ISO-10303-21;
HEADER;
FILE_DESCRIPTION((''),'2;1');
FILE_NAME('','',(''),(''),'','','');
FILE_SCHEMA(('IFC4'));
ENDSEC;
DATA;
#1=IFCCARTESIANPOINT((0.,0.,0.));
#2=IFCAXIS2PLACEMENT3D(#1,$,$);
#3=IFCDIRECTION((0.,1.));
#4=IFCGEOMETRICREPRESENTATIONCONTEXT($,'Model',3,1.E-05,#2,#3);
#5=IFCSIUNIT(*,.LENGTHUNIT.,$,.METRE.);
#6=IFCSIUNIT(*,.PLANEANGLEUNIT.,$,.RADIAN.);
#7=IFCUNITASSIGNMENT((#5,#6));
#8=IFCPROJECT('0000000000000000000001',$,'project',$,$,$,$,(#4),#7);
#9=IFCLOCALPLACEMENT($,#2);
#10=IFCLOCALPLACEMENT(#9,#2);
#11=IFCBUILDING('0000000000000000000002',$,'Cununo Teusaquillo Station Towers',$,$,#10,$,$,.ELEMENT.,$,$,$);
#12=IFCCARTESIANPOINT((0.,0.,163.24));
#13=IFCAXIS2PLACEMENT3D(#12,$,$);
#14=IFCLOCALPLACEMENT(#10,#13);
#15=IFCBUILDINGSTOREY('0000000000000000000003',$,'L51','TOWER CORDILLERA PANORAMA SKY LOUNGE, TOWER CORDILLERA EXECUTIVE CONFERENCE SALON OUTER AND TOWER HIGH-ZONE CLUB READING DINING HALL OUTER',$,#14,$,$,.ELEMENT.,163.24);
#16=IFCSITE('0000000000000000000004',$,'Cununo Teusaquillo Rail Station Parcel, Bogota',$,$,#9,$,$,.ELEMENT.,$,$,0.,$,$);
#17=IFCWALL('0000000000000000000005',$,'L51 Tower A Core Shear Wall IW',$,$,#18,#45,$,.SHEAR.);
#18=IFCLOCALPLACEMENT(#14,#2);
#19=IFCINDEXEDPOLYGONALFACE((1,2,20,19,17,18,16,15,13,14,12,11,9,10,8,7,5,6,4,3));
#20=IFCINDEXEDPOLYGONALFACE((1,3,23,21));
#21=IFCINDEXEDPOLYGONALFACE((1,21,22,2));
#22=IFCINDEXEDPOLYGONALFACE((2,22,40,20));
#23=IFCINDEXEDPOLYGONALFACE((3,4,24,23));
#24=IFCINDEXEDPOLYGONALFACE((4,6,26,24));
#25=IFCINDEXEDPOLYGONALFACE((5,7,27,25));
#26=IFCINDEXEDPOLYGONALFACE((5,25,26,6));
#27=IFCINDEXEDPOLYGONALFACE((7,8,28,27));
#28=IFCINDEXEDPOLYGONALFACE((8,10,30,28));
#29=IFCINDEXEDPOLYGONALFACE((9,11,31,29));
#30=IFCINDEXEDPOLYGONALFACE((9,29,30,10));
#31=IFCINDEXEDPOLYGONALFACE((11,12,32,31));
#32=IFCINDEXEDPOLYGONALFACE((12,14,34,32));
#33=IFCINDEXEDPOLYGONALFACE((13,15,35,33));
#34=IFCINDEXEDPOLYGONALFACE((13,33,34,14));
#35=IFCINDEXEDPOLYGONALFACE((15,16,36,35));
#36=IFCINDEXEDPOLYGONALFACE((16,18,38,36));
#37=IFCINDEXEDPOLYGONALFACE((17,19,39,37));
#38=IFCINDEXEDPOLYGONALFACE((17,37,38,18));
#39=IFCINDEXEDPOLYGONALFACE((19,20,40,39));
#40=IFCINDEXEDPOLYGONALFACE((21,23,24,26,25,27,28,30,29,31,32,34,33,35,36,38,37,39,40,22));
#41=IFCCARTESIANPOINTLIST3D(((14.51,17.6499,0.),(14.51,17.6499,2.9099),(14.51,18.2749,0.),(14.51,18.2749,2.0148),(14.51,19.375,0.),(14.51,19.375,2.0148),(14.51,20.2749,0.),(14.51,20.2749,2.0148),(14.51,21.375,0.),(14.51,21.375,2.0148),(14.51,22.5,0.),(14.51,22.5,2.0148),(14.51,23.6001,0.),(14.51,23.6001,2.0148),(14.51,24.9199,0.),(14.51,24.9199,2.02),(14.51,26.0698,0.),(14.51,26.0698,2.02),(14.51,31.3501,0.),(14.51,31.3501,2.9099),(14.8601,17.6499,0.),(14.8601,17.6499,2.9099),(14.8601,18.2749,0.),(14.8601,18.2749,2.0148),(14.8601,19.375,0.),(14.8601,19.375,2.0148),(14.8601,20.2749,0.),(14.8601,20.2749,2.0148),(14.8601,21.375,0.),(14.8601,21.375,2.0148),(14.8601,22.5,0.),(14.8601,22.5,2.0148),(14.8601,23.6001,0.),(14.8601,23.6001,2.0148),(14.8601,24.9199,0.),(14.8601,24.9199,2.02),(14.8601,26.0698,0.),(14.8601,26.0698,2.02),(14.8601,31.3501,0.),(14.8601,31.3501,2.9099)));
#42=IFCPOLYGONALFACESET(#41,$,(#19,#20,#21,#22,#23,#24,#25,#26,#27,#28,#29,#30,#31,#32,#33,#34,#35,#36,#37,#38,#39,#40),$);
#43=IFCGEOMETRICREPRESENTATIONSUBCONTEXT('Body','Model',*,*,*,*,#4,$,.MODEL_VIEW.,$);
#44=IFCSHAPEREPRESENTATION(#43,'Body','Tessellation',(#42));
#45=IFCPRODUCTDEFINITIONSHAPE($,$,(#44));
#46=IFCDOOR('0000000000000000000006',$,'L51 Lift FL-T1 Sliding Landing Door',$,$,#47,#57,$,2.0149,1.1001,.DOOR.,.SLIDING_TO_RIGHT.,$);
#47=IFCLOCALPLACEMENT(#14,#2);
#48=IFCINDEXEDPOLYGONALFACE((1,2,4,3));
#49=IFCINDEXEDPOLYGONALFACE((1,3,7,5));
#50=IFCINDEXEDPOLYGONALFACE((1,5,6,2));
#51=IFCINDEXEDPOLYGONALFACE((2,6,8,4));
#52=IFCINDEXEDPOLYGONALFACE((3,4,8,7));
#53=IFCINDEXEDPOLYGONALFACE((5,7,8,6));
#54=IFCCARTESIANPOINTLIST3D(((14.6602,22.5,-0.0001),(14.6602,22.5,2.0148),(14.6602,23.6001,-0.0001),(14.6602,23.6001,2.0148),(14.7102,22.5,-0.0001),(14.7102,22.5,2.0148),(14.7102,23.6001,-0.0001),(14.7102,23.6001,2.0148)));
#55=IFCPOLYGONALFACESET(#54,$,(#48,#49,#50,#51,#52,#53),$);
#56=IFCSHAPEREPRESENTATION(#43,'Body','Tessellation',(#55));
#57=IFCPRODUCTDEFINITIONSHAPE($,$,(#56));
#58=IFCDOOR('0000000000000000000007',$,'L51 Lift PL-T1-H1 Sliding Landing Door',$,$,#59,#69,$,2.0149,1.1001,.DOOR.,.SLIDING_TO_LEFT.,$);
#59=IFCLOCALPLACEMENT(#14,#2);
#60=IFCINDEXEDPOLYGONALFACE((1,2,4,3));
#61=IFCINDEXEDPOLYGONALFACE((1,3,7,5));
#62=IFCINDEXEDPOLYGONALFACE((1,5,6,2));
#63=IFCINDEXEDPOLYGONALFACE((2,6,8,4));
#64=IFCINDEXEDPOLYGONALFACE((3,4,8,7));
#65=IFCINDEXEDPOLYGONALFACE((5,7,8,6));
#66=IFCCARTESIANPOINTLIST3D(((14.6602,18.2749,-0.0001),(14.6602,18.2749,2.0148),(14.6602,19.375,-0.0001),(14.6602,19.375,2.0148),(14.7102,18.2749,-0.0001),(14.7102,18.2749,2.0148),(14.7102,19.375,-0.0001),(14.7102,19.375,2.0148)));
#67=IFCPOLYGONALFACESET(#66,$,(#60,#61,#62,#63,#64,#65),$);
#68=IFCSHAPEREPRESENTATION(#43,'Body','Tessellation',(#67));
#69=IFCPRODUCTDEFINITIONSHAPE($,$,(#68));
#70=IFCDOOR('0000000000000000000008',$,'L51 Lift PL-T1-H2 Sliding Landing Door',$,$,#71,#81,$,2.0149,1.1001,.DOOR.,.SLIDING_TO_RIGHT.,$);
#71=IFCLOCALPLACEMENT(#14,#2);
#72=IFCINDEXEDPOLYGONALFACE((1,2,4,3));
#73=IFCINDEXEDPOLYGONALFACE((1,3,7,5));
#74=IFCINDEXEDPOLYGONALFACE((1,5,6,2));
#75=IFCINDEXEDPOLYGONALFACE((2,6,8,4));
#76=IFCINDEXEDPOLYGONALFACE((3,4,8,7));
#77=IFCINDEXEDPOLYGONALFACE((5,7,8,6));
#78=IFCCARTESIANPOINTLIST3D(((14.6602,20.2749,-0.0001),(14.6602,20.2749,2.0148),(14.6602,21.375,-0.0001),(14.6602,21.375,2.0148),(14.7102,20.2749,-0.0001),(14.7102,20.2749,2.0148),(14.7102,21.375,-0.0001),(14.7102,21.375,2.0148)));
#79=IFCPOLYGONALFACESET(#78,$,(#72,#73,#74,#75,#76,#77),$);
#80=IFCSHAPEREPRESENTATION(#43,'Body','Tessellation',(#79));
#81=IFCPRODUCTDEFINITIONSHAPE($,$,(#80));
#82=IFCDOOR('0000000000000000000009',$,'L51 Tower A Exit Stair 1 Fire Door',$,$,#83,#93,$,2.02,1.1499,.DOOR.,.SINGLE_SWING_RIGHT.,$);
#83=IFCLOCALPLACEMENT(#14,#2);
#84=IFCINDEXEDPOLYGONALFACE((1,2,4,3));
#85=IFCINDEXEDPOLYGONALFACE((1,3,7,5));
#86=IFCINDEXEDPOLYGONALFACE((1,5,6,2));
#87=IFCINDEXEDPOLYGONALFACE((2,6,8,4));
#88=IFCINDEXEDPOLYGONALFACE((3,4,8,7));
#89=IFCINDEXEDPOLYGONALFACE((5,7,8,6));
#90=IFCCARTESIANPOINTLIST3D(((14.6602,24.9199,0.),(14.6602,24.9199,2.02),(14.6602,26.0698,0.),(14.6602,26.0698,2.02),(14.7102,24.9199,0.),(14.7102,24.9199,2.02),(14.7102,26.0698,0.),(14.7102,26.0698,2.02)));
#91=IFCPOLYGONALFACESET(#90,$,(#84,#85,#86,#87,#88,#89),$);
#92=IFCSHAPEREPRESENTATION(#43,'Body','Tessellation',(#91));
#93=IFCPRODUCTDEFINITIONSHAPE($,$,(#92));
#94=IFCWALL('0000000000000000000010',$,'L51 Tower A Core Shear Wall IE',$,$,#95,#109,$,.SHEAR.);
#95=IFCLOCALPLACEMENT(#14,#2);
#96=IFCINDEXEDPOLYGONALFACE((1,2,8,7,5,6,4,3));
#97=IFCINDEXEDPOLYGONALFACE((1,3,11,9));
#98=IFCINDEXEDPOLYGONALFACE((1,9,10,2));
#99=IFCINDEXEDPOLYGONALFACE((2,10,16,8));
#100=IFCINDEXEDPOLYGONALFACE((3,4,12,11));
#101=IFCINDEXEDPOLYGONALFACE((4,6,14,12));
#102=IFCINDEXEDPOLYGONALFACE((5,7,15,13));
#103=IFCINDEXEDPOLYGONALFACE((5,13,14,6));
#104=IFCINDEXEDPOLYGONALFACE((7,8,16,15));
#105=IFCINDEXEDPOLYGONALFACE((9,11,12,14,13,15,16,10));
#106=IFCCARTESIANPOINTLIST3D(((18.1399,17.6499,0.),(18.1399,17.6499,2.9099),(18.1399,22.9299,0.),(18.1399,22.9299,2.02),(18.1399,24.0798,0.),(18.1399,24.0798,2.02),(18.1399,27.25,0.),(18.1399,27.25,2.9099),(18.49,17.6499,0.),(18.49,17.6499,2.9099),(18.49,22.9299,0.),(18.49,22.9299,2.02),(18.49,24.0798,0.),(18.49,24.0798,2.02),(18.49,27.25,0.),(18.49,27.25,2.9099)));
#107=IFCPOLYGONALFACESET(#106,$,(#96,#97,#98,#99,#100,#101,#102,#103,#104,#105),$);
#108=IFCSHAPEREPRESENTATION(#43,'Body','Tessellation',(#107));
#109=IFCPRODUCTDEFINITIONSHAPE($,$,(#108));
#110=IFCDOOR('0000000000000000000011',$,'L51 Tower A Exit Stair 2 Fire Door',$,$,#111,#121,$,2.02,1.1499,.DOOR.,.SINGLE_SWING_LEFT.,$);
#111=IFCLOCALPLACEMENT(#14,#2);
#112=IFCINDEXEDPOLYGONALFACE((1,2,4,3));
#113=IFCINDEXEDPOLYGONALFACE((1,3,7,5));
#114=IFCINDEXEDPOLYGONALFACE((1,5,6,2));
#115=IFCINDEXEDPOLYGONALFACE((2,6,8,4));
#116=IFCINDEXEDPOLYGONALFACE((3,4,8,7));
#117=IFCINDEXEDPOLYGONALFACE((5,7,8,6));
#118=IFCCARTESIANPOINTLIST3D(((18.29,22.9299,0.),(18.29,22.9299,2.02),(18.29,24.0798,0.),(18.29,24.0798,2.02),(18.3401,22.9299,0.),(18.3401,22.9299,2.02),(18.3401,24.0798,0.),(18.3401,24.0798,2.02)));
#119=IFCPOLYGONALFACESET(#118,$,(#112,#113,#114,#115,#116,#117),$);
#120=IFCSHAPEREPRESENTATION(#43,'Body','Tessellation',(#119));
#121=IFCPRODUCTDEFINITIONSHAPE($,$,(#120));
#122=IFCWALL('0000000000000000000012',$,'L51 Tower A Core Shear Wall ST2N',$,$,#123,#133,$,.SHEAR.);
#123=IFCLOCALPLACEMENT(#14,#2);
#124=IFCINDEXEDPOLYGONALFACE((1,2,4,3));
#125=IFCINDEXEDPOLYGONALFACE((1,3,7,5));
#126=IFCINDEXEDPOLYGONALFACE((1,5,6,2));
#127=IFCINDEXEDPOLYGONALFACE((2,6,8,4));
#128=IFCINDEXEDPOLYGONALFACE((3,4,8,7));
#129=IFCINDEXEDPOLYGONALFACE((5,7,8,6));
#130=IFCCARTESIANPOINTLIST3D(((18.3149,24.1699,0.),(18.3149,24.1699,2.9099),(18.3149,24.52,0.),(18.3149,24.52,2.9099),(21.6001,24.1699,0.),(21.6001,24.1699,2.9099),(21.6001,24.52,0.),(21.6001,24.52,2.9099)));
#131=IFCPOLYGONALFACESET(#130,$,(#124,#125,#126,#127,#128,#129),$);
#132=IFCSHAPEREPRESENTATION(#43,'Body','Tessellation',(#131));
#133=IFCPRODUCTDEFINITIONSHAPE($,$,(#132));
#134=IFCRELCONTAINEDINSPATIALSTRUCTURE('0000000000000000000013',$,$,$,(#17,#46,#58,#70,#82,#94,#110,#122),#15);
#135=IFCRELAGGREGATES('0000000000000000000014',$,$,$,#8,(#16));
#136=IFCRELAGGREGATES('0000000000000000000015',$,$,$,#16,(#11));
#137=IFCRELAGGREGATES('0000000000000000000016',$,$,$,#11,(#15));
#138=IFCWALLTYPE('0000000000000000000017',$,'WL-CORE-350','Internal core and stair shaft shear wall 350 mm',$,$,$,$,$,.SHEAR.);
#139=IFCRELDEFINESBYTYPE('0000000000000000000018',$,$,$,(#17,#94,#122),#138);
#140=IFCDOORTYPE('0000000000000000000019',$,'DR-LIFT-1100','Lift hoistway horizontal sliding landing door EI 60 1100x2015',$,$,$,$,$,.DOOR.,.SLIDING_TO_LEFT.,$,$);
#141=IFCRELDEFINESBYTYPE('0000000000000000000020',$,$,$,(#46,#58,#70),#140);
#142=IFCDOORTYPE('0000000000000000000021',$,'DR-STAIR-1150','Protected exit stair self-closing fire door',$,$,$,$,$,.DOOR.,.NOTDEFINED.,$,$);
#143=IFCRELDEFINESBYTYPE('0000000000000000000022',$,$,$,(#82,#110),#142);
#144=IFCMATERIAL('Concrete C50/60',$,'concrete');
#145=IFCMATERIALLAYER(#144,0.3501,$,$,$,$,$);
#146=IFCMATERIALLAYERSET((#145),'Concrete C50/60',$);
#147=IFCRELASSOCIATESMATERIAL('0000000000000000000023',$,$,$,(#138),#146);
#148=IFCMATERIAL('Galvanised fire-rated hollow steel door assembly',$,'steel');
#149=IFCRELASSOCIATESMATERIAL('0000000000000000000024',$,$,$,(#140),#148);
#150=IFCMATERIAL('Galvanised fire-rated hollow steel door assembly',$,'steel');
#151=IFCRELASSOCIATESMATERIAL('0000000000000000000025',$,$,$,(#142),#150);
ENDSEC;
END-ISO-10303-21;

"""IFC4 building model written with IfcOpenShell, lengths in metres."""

from ifc_helpers import new_model, si_unit, direction, frame, frame_2d, origin, place, context, subcontext, project, spatial, rectangle, extrude, source, transform, mapped, material, layer, layer_set, type_object, element, fill, save


model = new_model("IFC4")

# Units and contexts
model_context = context("Model", 3, precision=1e-05, world=origin(), true_north=direction((0.0, 1.0)))
body_context = subcontext(model_context, "Body", "Model", "MODEL_VIEW")
ifc_project = project(units=[si_unit("LENGTHUNIT", "METRE"), si_unit("PLANEANGLEUNIT", "RADIAN")], contexts=[model_context])

# Site, building, storey
site_placement = place(None, origin())
site = spatial("IfcSite", under=ifc_project, at=site_placement, Name="Cununo Teusaquillo Rail Station Parcel, Bogota", CompositionType="ELEMENT", RefElevation=0.0)
building_placement = place(site_placement, origin())
building = spatial("IfcBuilding", under=site, at=building_placement, Name="Cununo Teusaquillo Station Towers", CompositionType="ELEMENT")
storey_placement = place(building_placement, frame((0.0, 0.0, 163.24)))
storey = spatial("IfcBuildingStorey", under=building, at=storey_placement, Name="L51", Description="TOWER CORDILLERA PANORAMA SKY LOUNGE, TOWER CORDILLERA EXECUTIVE CONFERENCE SALON OUTER AND TOWER HIGH-ZONE CLUB READING DINING HALL OUTER", CompositionType="ELEMENT", Elevation=163.24)

# Wall, openings, doors
ifc_material_1 = material(Name="Concrete C50/60", Category="concrete")
ifc_layer_1 = layer(ifc_material_1, 0.3501)
ifc_layer_set_1 = layer_set([ifc_layer_1], Name="Concrete C50/60")
wall_type_1 = type_object("IfcWallType", Name="WL-CORE-350", Description="Internal core and stair shaft shear wall 350 mm", PredefinedType="SHEAR", material=ifc_layer_set_1)
wall_1_placement = place(storey_placement, frame((14.6851, 17.6499, 0.0), z_axis=(0.0, 0.0, 1.0), x_axis=(0.0, 1.0, 0.0)))
wall_1 = element("IfcWall", 1, at=wall_1_placement, inside=storey, type_object=wall_type_1, Name="L51 Tower A Core Shear Wall IW", PredefinedType="SHEAR", context=body_context, shape_type="SweptSolid", body=[
    extrude(rectangle(XDim=13.7002, YDim=0.3501, at=frame_2d((6.8501, 0.0))), origin(), (0.0, 0.0, 1.0), 2.9099),
])
shared_shape_1 = source(origin(), body_context, "Body", "SweptSolid", [
    extrude(rectangle(XDim=1.1001, YDim=2.0149, at=frame_2d((0.55, 1.0073))), frame((0.0, 0.1851, 0.0), z_axis=(0.0, -1.0, 0.0), x_axis=(1.0, 0.0, 0.0)), (0.0, 0.0, 1.0), 0.3701),
])
opening_1_placement = place(wall_1_placement, frame((4.8501, 0.0, 0.0)))
opening_1 = element("IfcOpeningElement", 2, at=opening_1_placement, cuts=wall_1, PredefinedType="OPENING", context=body_context, shape_type="MappedRepresentation", body=[
    mapped(shared_shape_1, transform((0.0, 0.0, 0.0), x_axis=(1.0, 0.0, 0.0), y_axis=(0.0, 1.0, 0.0), z_axis=(0.0, 0.0, 1.0), scale=1.0)),
])
opening_2_placement = place(wall_1_placement, frame((0.625, 0.0, 0.0)))
opening_2 = element("IfcOpeningElement", 3, at=opening_2_placement, cuts=wall_1, PredefinedType="OPENING", context=body_context, shape_type="MappedRepresentation", body=[
    mapped(shared_shape_1, transform((0.0, 0.0, 0.0), x_axis=(1.0, 0.0, 0.0), y_axis=(0.0, 1.0, 0.0), z_axis=(0.0, 0.0, 1.0), scale=1.0)),
])
opening_3_placement = place(wall_1_placement, frame((2.625, 0.0, 0.0)))
opening_3 = element("IfcOpeningElement", 4, at=opening_3_placement, cuts=wall_1, PredefinedType="OPENING", context=body_context, shape_type="MappedRepresentation", body=[
    mapped(shared_shape_1, transform((0.0, 0.0, 0.0), x_axis=(1.0, 0.0, 0.0), y_axis=(0.0, 1.0, 0.0), z_axis=(0.0, 0.0, 1.0), scale=1.0)),
])
shared_shape_2 = source(origin(), body_context, "Body", "SweptSolid", [
    extrude(rectangle(XDim=1.1499, YDim=2.02, at=frame_2d((0.575, 1.01))), frame((0.0, 0.1851, 0.0), z_axis=(0.0, -1.0, 0.0), x_axis=(1.0, 0.0, 0.0)), (0.0, 0.0, 1.0), 0.3701),
])
opening_4_placement = place(wall_1_placement, frame((7.27, 0.0, 0.0)))
opening_4 = element("IfcOpeningElement", 5, at=opening_4_placement, cuts=wall_1, PredefinedType="OPENING", context=body_context, shape_type="MappedRepresentation", body=[
    mapped(shared_shape_2, transform((0.0, 0.0, 0.0), x_axis=(1.0, 0.0, 0.0), y_axis=(0.0, 1.0, 0.0), z_axis=(0.0, 0.0, 1.0), scale=1.0)),
])
ifc_material_2 = material(Name="Galvanised fire-rated hollow steel door assembly", Category="steel")
door_type_1 = type_object("IfcDoorType", Name="DR-LIFT-1100", Description="Lift hoistway horizontal sliding landing door EI 60 1100x2015", OperationType="SLIDING_TO_LEFT", PredefinedType="DOOR", material=ifc_material_2)
shared_shape_3 = source(origin(), body_context, "Body", "SweptSolid", [
    extrude(rectangle(XDim=1.1001, YDim=2.0149, at=frame_2d((0.55, 1.0073))), frame((0.0, 0.0249, 0.0), z_axis=(0.0, -1.0, 0.0), x_axis=(1.0, 0.0, 0.0)), (0.0, 0.0, 1.0), 0.05),
])
door_1_placement = place(opening_1_placement, origin())
door_1 = element("IfcDoor", 6, at=door_1_placement, inside=storey, type_object=door_type_1, Name="L51 Lift FL-T1 Sliding Landing Door", OperationType="SLIDING_TO_RIGHT", OverallHeight=2.0149, OverallWidth=1.1001, PredefinedType="DOOR", context=body_context, shape_type="MappedRepresentation", body=[
    mapped(shared_shape_3, transform((0.0, 0.0, 0.0), x_axis=(1.0, 0.0, 0.0), y_axis=(0.0, 1.0, 0.0), z_axis=(0.0, 0.0, 1.0), scale=1.0)),
])
fill(opening_1, door_1)
door_2_placement = place(opening_2_placement, origin())
door_2 = element("IfcDoor", 7, at=door_2_placement, inside=storey, type_object=door_type_1, Name="L51 Lift PL-T1-H1 Sliding Landing Door", OperationType="SLIDING_TO_LEFT", OverallHeight=2.0149, OverallWidth=1.1001, PredefinedType="DOOR", context=body_context, shape_type="MappedRepresentation", body=[
    mapped(shared_shape_3, transform((0.0, 0.0, 0.0), x_axis=(1.0, 0.0, 0.0), y_axis=(0.0, 1.0, 0.0), z_axis=(0.0, 0.0, 1.0), scale=1.0)),
])
fill(opening_2, door_2)
door_3_placement = place(opening_3_placement, origin())
door_3 = element("IfcDoor", 8, at=door_3_placement, inside=storey, type_object=door_type_1, Name="L51 Lift PL-T1-H2 Sliding Landing Door", OperationType="SLIDING_TO_RIGHT", OverallHeight=2.0149, OverallWidth=1.1001, PredefinedType="DOOR", context=body_context, shape_type="MappedRepresentation", body=[
    mapped(shared_shape_3, transform((0.0, 0.0, 0.0), x_axis=(1.0, 0.0, 0.0), y_axis=(0.0, 1.0, 0.0), z_axis=(0.0, 0.0, 1.0), scale=1.0)),
])
fill(opening_3, door_3)
ifc_material_3 = material(Name="Galvanised fire-rated hollow steel door assembly", Category="steel")
door_type_2 = type_object("IfcDoorType", Name="DR-STAIR-1150", Description="Protected exit stair self-closing fire door", OperationType="NOTDEFINED", PredefinedType="DOOR", material=ifc_material_3)
shared_shape_4 = source(origin(), body_context, "Body", "SweptSolid", [
    extrude(rectangle(XDim=1.1499, YDim=2.02, at=frame_2d((0.575, 1.01))), frame((0.0, 0.0249, 0.0), z_axis=(0.0, -1.0, 0.0), x_axis=(1.0, 0.0, 0.0)), (0.0, 0.0, 1.0), 0.05),
])
door_4_placement = place(opening_4_placement, origin())
door_4 = element("IfcDoor", 9, at=door_4_placement, inside=storey, type_object=door_type_2, Name="L51 Tower A Exit Stair 1 Fire Door", OperationType="SINGLE_SWING_RIGHT", OverallHeight=2.02, OverallWidth=1.1499, PredefinedType="DOOR", context=body_context, shape_type="MappedRepresentation", body=[
    mapped(shared_shape_4, transform((0.0, 0.0, 0.0), x_axis=(1.0, 0.0, 0.0), y_axis=(0.0, 1.0, 0.0), z_axis=(0.0, 0.0, 1.0), scale=1.0)),
])
fill(opening_4, door_4)

# Wall, opening, door
wall_2_placement = place(storey_placement, frame((18.3149, 17.6499, 0.0), z_axis=(0.0, 0.0, 1.0), x_axis=(0.0, 1.0, 0.0)))
wall_2 = element("IfcWall", 10, at=wall_2_placement, inside=storey, type_object=wall_type_1, Name="L51 Tower A Core Shear Wall IE", PredefinedType="SHEAR", context=body_context, shape_type="SweptSolid", body=[
    extrude(rectangle(XDim=9.6001, YDim=0.3501, at=frame_2d((4.8, 0.0))), origin(), (0.0, 0.0, 1.0), 2.9099),
])
opening_5_placement = place(wall_2_placement, frame((5.28, 0.0, 0.0)))
opening_5 = element("IfcOpeningElement", 11, at=opening_5_placement, cuts=wall_2, PredefinedType="OPENING", context=body_context, shape_type="MappedRepresentation", body=[
    mapped(shared_shape_2, transform((0.0, 0.0, 0.0), x_axis=(1.0, 0.0, 0.0), y_axis=(0.0, 1.0, 0.0), z_axis=(0.0, 0.0, 1.0), scale=1.0)),
])
door_5_placement = place(opening_5_placement, origin())
door_5 = element("IfcDoor", 12, at=door_5_placement, inside=storey, type_object=door_type_2, Name="L51 Tower A Exit Stair 2 Fire Door", OperationType="SINGLE_SWING_LEFT", OverallHeight=2.02, OverallWidth=1.1499, PredefinedType="DOOR", context=body_context, shape_type="MappedRepresentation", body=[
    mapped(shared_shape_4, transform((0.0, 0.0, 0.0), x_axis=(1.0, 0.0, 0.0), y_axis=(0.0, 1.0, 0.0), z_axis=(0.0, 0.0, 1.0), scale=1.0)),
])
fill(opening_5, door_5)

# Wall
wall_3_placement = place(storey_placement, frame((18.3149, 24.345, 0.0), z_axis=(0.0, 0.0, 1.0), x_axis=(1.0, 0.0, 0.0)))
element("IfcWall", 13, at=wall_3_placement, inside=storey, type_object=wall_type_1, Name="L51 Tower A Core Shear Wall ST2N", PredefinedType="SHEAR", context=body_context, shape_type="SweptSolid", body=[
    extrude(rectangle(XDim=3.2852, YDim=0.3501, at=frame_2d((1.6426, 0.0))), origin(), (0.0, 0.0, 1.0), 2.9099),
])

save(model, "model.ifc")
